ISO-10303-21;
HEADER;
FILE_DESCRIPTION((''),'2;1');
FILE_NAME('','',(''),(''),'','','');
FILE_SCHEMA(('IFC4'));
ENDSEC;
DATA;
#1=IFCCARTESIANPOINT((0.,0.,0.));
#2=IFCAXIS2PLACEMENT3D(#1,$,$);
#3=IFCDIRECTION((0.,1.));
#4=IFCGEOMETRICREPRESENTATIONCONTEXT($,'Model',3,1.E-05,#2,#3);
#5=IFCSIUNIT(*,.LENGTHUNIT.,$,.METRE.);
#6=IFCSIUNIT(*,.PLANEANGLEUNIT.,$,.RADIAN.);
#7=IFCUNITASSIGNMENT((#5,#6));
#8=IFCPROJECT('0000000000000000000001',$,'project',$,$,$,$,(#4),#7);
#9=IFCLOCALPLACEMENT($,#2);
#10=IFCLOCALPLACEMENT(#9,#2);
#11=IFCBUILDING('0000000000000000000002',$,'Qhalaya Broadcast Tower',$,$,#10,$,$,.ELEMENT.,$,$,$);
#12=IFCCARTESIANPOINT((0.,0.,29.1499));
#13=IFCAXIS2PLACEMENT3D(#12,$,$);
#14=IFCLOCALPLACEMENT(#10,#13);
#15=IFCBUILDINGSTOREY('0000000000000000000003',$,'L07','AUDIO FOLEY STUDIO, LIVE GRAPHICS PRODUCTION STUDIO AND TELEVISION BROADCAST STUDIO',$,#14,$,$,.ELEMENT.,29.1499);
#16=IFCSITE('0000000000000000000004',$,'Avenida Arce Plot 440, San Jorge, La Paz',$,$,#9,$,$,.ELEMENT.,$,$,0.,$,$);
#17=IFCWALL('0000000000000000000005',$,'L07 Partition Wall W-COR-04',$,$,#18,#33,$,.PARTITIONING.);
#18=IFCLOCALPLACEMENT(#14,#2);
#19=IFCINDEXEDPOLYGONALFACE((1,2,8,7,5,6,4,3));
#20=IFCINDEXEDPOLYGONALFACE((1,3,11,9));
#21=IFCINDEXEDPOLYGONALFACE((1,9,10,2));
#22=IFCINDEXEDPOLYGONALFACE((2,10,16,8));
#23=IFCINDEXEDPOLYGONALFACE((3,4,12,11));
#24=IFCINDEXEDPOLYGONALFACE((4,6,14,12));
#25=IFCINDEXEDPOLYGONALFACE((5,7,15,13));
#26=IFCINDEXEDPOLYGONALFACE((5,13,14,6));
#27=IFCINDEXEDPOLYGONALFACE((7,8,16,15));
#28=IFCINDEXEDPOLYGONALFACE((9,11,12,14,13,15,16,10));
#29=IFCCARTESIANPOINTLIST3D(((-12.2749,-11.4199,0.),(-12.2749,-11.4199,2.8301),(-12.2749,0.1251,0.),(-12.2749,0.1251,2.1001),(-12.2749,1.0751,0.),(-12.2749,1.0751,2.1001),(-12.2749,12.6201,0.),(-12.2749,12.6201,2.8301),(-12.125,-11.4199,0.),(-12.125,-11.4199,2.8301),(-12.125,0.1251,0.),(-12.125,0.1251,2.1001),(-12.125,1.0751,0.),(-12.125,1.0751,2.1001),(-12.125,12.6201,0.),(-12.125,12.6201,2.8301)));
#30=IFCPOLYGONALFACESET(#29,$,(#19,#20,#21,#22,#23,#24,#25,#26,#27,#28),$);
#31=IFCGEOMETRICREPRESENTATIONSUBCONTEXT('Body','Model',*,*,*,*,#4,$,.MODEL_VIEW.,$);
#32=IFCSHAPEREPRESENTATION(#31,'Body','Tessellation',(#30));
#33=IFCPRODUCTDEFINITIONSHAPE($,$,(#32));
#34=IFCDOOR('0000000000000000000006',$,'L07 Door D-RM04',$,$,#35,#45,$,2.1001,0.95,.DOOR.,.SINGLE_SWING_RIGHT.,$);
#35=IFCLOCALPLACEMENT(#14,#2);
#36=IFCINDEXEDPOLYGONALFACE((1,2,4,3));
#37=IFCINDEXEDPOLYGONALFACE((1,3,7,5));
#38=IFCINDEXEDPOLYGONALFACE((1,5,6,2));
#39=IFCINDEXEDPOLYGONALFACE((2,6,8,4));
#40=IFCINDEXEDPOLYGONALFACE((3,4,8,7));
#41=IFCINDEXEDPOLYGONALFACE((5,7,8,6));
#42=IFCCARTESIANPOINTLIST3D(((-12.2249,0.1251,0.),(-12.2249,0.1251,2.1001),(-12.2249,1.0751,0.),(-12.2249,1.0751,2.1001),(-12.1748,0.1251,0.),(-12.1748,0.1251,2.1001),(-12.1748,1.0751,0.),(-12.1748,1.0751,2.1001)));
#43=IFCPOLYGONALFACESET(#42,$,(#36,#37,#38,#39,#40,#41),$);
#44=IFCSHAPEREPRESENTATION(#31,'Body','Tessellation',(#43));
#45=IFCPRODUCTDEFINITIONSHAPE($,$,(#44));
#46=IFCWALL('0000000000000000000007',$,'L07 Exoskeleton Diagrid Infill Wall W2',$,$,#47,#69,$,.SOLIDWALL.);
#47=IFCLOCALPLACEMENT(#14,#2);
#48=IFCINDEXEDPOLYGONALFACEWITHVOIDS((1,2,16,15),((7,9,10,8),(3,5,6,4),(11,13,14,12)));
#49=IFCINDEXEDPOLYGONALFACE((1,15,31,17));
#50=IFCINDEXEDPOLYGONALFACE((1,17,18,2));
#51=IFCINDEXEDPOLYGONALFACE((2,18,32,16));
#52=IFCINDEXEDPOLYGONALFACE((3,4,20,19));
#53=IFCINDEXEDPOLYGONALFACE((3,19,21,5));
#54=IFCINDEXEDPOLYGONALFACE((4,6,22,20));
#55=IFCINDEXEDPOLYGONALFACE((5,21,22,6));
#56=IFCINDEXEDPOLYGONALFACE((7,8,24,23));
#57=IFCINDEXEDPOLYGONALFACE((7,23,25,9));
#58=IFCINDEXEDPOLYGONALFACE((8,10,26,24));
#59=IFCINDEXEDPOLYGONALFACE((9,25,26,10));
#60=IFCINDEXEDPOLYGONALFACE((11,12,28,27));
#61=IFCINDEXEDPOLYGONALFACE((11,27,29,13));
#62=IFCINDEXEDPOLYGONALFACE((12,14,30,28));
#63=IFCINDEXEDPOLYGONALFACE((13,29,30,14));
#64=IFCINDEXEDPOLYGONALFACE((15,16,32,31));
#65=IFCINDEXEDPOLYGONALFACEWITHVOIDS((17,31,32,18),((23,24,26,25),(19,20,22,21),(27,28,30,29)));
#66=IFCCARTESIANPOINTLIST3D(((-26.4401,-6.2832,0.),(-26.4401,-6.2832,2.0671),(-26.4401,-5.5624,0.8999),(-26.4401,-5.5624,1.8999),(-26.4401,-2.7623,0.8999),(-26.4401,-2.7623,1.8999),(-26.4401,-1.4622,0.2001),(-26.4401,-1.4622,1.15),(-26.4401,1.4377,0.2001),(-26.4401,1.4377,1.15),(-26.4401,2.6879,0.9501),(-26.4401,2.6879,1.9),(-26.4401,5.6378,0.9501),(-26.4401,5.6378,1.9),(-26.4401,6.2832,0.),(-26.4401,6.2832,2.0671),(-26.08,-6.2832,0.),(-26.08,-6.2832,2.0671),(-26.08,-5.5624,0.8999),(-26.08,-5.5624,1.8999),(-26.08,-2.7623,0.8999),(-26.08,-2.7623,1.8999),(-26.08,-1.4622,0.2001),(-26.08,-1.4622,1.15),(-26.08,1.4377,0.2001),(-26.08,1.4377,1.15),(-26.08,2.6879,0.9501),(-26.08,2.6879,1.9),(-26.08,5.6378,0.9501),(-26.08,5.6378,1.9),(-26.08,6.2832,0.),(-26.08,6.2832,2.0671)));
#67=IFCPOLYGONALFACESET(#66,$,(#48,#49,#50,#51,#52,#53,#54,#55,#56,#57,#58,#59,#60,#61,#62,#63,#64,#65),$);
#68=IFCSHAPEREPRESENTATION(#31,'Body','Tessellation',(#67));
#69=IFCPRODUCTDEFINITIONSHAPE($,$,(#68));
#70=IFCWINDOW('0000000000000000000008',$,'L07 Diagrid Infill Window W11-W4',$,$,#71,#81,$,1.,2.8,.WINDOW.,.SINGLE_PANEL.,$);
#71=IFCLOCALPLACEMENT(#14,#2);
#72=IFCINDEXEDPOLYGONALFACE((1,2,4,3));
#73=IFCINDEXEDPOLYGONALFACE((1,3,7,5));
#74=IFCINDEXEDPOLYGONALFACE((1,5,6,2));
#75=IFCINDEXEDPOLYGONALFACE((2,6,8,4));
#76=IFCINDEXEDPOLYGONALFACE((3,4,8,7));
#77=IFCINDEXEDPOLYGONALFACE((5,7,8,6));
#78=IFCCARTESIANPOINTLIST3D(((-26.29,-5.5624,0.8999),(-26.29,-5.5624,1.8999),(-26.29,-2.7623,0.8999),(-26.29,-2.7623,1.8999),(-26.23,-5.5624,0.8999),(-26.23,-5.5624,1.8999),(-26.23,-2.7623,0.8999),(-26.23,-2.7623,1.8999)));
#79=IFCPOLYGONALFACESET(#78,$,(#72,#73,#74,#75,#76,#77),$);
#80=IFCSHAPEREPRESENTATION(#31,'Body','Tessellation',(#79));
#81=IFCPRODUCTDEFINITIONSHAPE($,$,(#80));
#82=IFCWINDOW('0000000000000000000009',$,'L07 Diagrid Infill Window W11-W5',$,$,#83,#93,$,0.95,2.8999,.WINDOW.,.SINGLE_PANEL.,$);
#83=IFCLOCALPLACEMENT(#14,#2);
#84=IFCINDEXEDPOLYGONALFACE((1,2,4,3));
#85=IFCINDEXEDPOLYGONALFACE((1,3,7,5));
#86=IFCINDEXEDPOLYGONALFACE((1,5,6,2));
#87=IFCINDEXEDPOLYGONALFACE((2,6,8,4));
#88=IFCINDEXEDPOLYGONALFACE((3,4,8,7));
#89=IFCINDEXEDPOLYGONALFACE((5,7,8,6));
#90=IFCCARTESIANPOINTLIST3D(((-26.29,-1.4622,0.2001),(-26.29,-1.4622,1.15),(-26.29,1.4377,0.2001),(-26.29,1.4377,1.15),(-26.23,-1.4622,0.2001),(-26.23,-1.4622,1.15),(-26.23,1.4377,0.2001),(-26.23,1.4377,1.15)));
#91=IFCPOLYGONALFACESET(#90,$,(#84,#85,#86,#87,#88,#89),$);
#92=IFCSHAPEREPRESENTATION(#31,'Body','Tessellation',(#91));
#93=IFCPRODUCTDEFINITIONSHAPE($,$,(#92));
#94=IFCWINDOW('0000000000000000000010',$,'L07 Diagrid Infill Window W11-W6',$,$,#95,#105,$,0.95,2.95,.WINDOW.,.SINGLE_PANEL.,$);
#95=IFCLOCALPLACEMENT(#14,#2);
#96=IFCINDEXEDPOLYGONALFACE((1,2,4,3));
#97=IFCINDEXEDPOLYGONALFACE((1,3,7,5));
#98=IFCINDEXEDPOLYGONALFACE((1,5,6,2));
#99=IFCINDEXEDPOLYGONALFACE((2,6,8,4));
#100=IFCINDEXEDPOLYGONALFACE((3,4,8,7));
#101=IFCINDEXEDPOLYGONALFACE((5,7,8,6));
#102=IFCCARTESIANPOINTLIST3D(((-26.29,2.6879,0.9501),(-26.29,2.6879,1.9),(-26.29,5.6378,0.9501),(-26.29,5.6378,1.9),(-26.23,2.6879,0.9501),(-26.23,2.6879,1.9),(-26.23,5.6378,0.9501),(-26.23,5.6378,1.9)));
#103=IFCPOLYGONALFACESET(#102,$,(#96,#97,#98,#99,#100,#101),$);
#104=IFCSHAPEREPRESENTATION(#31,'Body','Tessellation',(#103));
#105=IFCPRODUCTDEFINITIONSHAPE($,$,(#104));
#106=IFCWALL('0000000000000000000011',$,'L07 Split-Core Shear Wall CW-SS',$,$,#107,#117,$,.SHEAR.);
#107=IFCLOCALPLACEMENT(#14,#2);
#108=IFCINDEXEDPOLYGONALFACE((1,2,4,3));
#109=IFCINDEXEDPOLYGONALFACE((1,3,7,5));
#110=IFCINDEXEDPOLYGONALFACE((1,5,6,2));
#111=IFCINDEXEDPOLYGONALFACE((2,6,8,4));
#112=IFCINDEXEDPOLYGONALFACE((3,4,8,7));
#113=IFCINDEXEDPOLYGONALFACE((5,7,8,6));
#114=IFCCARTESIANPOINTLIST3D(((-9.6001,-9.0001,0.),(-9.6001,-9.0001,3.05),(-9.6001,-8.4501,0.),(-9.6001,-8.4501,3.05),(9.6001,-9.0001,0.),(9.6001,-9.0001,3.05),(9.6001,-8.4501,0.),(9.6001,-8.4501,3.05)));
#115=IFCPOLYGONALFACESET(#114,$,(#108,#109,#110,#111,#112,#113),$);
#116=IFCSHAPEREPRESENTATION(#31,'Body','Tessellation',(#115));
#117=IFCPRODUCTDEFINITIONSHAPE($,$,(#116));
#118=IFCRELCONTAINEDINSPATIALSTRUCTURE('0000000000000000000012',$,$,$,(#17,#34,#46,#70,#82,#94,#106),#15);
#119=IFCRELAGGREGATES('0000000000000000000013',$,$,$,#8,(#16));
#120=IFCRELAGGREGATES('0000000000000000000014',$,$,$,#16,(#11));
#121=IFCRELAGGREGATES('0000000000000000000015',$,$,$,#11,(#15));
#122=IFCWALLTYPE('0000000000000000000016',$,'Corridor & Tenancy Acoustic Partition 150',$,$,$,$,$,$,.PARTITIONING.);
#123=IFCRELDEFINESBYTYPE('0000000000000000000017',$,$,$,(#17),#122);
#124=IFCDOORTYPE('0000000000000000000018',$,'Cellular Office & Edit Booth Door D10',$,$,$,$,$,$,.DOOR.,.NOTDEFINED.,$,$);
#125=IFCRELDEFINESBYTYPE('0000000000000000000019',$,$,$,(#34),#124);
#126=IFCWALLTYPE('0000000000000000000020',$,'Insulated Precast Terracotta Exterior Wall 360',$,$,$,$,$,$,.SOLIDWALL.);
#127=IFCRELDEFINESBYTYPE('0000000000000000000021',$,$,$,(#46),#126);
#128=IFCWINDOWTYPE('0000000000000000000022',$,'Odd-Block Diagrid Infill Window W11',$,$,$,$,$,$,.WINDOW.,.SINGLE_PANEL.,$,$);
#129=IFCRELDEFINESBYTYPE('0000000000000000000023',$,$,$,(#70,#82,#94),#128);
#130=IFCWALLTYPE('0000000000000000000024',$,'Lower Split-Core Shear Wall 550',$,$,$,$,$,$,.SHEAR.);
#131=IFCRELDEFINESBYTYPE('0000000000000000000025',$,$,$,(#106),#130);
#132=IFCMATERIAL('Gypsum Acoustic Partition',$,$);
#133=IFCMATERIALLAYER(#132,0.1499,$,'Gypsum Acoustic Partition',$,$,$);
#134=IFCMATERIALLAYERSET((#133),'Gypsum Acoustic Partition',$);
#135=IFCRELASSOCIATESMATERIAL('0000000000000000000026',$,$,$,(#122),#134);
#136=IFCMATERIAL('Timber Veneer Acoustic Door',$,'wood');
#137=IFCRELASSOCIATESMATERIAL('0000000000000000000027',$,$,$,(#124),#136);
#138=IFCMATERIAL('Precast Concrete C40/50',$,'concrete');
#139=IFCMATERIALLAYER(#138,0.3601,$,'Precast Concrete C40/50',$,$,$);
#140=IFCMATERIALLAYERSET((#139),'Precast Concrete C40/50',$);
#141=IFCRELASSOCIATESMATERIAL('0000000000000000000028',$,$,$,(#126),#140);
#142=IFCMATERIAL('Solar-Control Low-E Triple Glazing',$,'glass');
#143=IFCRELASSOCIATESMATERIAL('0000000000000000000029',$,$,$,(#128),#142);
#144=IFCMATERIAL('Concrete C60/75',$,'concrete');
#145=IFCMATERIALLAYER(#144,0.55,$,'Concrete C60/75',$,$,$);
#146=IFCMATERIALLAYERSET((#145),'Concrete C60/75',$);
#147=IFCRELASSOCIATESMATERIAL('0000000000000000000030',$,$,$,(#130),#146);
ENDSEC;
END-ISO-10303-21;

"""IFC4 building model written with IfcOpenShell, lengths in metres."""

from ifc_helpers import new_model, si_unit, direction, frame, frame_2d, origin, place, context, subcontext, project, spatial, rectangle, extrude, material, layer, layer_set, type_object, element, fill, save


model = new_model("IFC4")

# Units and contexts
model_context = context("Model", 3, precision=1e-05, world=origin(), true_north=direction((0.0, 1.0)))
body_context = subcontext(model_context, "Body", "Model", "MODEL_VIEW")
ifc_project = project(units=[si_unit("LENGTHUNIT", "METRE"), si_unit("PLANEANGLEUNIT", "RADIAN")], contexts=[model_context])

# Site, building, storey
site_placement = place(None, origin())
site = spatial("IfcSite", under=ifc_project, at=site_placement, Name="Avenida Arce Plot 440, San Jorge, La Paz", CompositionType="ELEMENT", RefElevation=0.0)
building_placement = place(site_placement, origin())
building = spatial("IfcBuilding", under=site, at=building_placement, Name="Qhalaya Broadcast Tower", CompositionType="ELEMENT")
storey_placement = place(building_placement, frame((0.0, 0.0, 29.1499)))
storey = spatial("IfcBuildingStorey", under=building, at=storey_placement, Name="L07", Description="AUDIO FOLEY STUDIO, LIVE GRAPHICS PRODUCTION STUDIO AND TELEVISION BROADCAST STUDIO", CompositionType="ELEMENT", Elevation=29.1499)

# Wall, opening, door
ifc_material_1 = material(Name="Gypsum Acoustic Partition")
ifc_layer_1 = layer(ifc_material_1, 0.1499, Name="Gypsum Acoustic Partition")
ifc_layer_set_1 = layer_set([ifc_layer_1], Name="Gypsum Acoustic Partition")
wall_type_1 = type_object("IfcWallType", Name="Corridor & Tenancy Acoustic Partition 150", PredefinedType="PARTITIONING", material=ifc_layer_set_1)
ifc_material_2 = material(Name="Timber Veneer Acoustic Door", Category="wood")
door_type_1 = type_object("IfcDoorType", Name="Cellular Office & Edit Booth Door D10", OperationType="NOTDEFINED", PredefinedType="DOOR", material=ifc_material_2)
wall_1_placement = place(storey_placement, frame((-12.2, -11.4199, 0.0), z_axis=(0.0, 0.0, 1.0), x_axis=(0.0, 1.0, 0.0)))
wall_1 = element("IfcWall", 1, at=wall_1_placement, inside=storey, type_object=wall_type_1, Name="L07 Partition Wall W-COR-04", PredefinedType="PARTITIONING", context=body_context, shape_type="SweptSolid", body=[
    extrude(rectangle(XDim=24.04, YDim=0.1499, at=frame_2d((12.02, 0.0))), origin(), (0.0, 0.0, 1.0), 2.8301),
])
opening_1_placement = place(wall_1_placement, frame((11.5449, 0.0, 0.0)))
opening_1 = element("IfcOpeningElement", 2, at=opening_1_placement, cuts=wall_1, PredefinedType="OPENING", context=body_context, shape_type="SweptSolid", body=[
    extrude(rectangle(XDim=0.95, YDim=2.1001, at=frame_2d((0.4751, 1.05))), frame((0.0, 0.0869, 0.0), z_axis=(0.0, -1.0, 0.0), x_axis=(1.0, 0.0, 0.0)), (0.0, 0.0, 1.0), 0.1738),
])
door_1_placement = place(opening_1_placement, origin())
door_1 = element("IfcDoor", 3, at=door_1_placement, inside=storey, type_object=door_type_1, Name="L07 Door D-RM04", OperationType="SINGLE_SWING_RIGHT", OverallHeight=2.1001, OverallWidth=0.95, PredefinedType="DOOR", context=body_context, shape_type="SweptSolid", body=[
    extrude(rectangle(XDim=0.95, YDim=2.1001, at=frame_2d((0.4751, 1.05))), frame((0.0, 0.0249, 0.0), z_axis=(0.0, -1.0, 0.0), x_axis=(1.0, 0.0, 0.0)), (0.0, 0.0, 1.0), 0.05),
])
fill(opening_1, door_1)

# Wall, openings, windows
ifc_material_3 = material(Name="Precast Concrete C40/50", Category="concrete")
ifc_layer_2 = layer(ifc_material_3, 0.3601, Name="Precast Concrete C40/50")
ifc_layer_set_2 = layer_set([ifc_layer_2], Name="Precast Concrete C40/50")
wall_type_2 = type_object("IfcWallType", Name="Insulated Precast Terracotta Exterior Wall 360", PredefinedType="SOLIDWALL", material=ifc_layer_set_2)
wall_2_placement = place(storey_placement, frame((-26.26, -6.2832, 0.0), z_axis=(0.0, 0.0, 1.0), x_axis=(0.0, 1.0, 0.0)))
wall_2 = element("IfcWall", 4, at=wall_2_placement, inside=storey, type_object=wall_type_2, Name="L07 Exoskeleton Diagrid Infill Wall W2", PredefinedType="SOLIDWALL", context=body_context, shape_type="SweptSolid", body=[
    extrude(rectangle(XDim=12.5664, YDim=0.3601, at=frame_2d((6.2832, 0.0))), origin(), (0.0, 0.0, 1.0), 2.0671),
])
opening_2_placement = place(wall_2_placement, frame((0.7209, 0.0, 0.8999)))
opening_2 = element("IfcOpeningElement", 5, at=opening_2_placement, cuts=wall_2, PredefinedType="OPENING", context=body_context, shape_type="SweptSolid", body=[
    extrude(rectangle(XDim=2.8, YDim=1.0, at=frame_2d((1.3999, 0.5))), frame((0.0, 0.1921, 0.0), z_axis=(0.0, -1.0, 0.0), x_axis=(1.0, 0.0, 0.0)), (0.0, 0.0, 1.0), 0.384),
])
opening_3_placement = place(wall_2_placement, frame((4.821, 0.0, 0.2)))
opening_3 = element("IfcOpeningElement", 6, at=opening_3_placement, cuts=wall_2, PredefinedType="OPENING", context=body_context, shape_type="SweptSolid", body=[
    extrude(rectangle(XDim=2.8999, YDim=0.95, at=frame_2d((1.45, 0.4751))), frame((0.0, 0.1921, 0.0), z_axis=(0.0, -1.0, 0.0), x_axis=(1.0, 0.0, 0.0)), (0.0, 0.0, 1.0), 0.384),
])
opening_4_placement = place(wall_2_placement, frame((8.9709, 0.0, 0.95)))
opening_4 = element("IfcOpeningElement", 7, at=opening_4_placement, cuts=wall_2, PredefinedType="OPENING", context=body_context, shape_type="SweptSolid", body=[
    extrude(rectangle(XDim=2.95, YDim=0.95, at=frame_2d((1.4751, 0.4751))), frame((0.0, 0.1921, 0.0), z_axis=(0.0, -1.0, 0.0), x_axis=(1.0, 0.0, 0.0)), (0.0, 0.0, 1.0), 0.384),
])
ifc_material_4 = material(Name="Solar-Control Low-E Triple Glazing", Category="glass")
window_type = type_object("IfcWindowType", Name="Odd-Block Diagrid Infill Window W11", PartitioningType="SINGLE_PANEL", PredefinedType="WINDOW", material=ifc_material_4)
window_1_placement = place(opening_2_placement, origin())
window_1 = element("IfcWindow", 8, at=window_1_placement, inside=storey, type_object=window_type, Name="L07 Diagrid Infill Window W11-W4", OverallHeight=1.0, OverallWidth=2.8, PartitioningType="SINGLE_PANEL", PredefinedType="WINDOW", context=body_context, shape_type="SweptSolid", body=[
    extrude(rectangle(XDim=2.8, YDim=1.0, at=frame_2d((1.3999, 0.5))), frame((0.0, 0.03, 0.0), z_axis=(0.0, -1.0, 0.0), x_axis=(1.0, 0.0, 0.0)), (0.0, 0.0, 1.0), 0.0601),
])
fill(opening_2, window_1)
window_2_placement = place(opening_3_placement, origin())
window_2 = element("IfcWindow", 9, at=window_2_placement, inside=storey, type_object=window_type, Name="L07 Diagrid Infill Window W11-W5", OverallHeight=0.95, OverallWidth=2.8999, PartitioningType="SINGLE_PANEL", PredefinedType="WINDOW", context=body_context, shape_type="SweptSolid", body=[
    extrude(rectangle(XDim=2.8999, YDim=0.95, at=frame_2d((1.45, 0.4751))), frame((0.0, 0.03, 0.0), z_axis=(0.0, -1.0, 0.0), x_axis=(1.0, 0.0, 0.0)), (0.0, 0.0, 1.0), 0.0601),
])
fill(opening_3, window_2)
window_3_placement = place(opening_4_placement, origin())
window_3 = element("IfcWindow", 10, at=window_3_placement, inside=storey, type_object=window_type, Name="L07 Diagrid Infill Window W11-W6", OverallHeight=0.95, OverallWidth=2.95, PartitioningType="SINGLE_PANEL", PredefinedType="WINDOW", context=body_context, shape_type="SweptSolid", body=[
    extrude(rectangle(XDim=2.95, YDim=0.95, at=frame_2d((1.4751, 0.4751))), frame((0.0, 0.03, 0.0), z_axis=(0.0, -1.0, 0.0), x_axis=(1.0, 0.0, 0.0)), (0.0, 0.0, 1.0), 0.0601),
])
fill(opening_4, window_3)

# Wall
ifc_material_5 = material(Name="Concrete C60/75", Category="concrete")
ifc_layer_3 = layer(ifc_material_5, 0.55, Name="Concrete C60/75")
ifc_layer_set_3 = layer_set([ifc_layer_3], Name="Concrete C60/75")
wall_type_3 = type_object("IfcWallType", Name="Lower Split-Core Shear Wall 550", PredefinedType="SHEAR", material=ifc_layer_set_3)
wall_3_placement = place(storey_placement, frame((-9.6001, -8.7251, 0.0), z_axis=(0.0, 0.0, 1.0), x_axis=(1.0, 0.0, 0.0)))
element("IfcWall", 11, at=wall_3_placement, inside=storey, type_object=wall_type_3, Name="L07 Split-Core Shear Wall CW-SS", PredefinedType="SHEAR", context=body_context, shape_type="SweptSolid", body=[
    extrude(rectangle(XDim=19.2002, YDim=0.55, at=frame_2d((9.6001, 0.0))), origin(), (0.0, 0.0, 1.0), 3.05),
])

save(model, "model.ifc")
